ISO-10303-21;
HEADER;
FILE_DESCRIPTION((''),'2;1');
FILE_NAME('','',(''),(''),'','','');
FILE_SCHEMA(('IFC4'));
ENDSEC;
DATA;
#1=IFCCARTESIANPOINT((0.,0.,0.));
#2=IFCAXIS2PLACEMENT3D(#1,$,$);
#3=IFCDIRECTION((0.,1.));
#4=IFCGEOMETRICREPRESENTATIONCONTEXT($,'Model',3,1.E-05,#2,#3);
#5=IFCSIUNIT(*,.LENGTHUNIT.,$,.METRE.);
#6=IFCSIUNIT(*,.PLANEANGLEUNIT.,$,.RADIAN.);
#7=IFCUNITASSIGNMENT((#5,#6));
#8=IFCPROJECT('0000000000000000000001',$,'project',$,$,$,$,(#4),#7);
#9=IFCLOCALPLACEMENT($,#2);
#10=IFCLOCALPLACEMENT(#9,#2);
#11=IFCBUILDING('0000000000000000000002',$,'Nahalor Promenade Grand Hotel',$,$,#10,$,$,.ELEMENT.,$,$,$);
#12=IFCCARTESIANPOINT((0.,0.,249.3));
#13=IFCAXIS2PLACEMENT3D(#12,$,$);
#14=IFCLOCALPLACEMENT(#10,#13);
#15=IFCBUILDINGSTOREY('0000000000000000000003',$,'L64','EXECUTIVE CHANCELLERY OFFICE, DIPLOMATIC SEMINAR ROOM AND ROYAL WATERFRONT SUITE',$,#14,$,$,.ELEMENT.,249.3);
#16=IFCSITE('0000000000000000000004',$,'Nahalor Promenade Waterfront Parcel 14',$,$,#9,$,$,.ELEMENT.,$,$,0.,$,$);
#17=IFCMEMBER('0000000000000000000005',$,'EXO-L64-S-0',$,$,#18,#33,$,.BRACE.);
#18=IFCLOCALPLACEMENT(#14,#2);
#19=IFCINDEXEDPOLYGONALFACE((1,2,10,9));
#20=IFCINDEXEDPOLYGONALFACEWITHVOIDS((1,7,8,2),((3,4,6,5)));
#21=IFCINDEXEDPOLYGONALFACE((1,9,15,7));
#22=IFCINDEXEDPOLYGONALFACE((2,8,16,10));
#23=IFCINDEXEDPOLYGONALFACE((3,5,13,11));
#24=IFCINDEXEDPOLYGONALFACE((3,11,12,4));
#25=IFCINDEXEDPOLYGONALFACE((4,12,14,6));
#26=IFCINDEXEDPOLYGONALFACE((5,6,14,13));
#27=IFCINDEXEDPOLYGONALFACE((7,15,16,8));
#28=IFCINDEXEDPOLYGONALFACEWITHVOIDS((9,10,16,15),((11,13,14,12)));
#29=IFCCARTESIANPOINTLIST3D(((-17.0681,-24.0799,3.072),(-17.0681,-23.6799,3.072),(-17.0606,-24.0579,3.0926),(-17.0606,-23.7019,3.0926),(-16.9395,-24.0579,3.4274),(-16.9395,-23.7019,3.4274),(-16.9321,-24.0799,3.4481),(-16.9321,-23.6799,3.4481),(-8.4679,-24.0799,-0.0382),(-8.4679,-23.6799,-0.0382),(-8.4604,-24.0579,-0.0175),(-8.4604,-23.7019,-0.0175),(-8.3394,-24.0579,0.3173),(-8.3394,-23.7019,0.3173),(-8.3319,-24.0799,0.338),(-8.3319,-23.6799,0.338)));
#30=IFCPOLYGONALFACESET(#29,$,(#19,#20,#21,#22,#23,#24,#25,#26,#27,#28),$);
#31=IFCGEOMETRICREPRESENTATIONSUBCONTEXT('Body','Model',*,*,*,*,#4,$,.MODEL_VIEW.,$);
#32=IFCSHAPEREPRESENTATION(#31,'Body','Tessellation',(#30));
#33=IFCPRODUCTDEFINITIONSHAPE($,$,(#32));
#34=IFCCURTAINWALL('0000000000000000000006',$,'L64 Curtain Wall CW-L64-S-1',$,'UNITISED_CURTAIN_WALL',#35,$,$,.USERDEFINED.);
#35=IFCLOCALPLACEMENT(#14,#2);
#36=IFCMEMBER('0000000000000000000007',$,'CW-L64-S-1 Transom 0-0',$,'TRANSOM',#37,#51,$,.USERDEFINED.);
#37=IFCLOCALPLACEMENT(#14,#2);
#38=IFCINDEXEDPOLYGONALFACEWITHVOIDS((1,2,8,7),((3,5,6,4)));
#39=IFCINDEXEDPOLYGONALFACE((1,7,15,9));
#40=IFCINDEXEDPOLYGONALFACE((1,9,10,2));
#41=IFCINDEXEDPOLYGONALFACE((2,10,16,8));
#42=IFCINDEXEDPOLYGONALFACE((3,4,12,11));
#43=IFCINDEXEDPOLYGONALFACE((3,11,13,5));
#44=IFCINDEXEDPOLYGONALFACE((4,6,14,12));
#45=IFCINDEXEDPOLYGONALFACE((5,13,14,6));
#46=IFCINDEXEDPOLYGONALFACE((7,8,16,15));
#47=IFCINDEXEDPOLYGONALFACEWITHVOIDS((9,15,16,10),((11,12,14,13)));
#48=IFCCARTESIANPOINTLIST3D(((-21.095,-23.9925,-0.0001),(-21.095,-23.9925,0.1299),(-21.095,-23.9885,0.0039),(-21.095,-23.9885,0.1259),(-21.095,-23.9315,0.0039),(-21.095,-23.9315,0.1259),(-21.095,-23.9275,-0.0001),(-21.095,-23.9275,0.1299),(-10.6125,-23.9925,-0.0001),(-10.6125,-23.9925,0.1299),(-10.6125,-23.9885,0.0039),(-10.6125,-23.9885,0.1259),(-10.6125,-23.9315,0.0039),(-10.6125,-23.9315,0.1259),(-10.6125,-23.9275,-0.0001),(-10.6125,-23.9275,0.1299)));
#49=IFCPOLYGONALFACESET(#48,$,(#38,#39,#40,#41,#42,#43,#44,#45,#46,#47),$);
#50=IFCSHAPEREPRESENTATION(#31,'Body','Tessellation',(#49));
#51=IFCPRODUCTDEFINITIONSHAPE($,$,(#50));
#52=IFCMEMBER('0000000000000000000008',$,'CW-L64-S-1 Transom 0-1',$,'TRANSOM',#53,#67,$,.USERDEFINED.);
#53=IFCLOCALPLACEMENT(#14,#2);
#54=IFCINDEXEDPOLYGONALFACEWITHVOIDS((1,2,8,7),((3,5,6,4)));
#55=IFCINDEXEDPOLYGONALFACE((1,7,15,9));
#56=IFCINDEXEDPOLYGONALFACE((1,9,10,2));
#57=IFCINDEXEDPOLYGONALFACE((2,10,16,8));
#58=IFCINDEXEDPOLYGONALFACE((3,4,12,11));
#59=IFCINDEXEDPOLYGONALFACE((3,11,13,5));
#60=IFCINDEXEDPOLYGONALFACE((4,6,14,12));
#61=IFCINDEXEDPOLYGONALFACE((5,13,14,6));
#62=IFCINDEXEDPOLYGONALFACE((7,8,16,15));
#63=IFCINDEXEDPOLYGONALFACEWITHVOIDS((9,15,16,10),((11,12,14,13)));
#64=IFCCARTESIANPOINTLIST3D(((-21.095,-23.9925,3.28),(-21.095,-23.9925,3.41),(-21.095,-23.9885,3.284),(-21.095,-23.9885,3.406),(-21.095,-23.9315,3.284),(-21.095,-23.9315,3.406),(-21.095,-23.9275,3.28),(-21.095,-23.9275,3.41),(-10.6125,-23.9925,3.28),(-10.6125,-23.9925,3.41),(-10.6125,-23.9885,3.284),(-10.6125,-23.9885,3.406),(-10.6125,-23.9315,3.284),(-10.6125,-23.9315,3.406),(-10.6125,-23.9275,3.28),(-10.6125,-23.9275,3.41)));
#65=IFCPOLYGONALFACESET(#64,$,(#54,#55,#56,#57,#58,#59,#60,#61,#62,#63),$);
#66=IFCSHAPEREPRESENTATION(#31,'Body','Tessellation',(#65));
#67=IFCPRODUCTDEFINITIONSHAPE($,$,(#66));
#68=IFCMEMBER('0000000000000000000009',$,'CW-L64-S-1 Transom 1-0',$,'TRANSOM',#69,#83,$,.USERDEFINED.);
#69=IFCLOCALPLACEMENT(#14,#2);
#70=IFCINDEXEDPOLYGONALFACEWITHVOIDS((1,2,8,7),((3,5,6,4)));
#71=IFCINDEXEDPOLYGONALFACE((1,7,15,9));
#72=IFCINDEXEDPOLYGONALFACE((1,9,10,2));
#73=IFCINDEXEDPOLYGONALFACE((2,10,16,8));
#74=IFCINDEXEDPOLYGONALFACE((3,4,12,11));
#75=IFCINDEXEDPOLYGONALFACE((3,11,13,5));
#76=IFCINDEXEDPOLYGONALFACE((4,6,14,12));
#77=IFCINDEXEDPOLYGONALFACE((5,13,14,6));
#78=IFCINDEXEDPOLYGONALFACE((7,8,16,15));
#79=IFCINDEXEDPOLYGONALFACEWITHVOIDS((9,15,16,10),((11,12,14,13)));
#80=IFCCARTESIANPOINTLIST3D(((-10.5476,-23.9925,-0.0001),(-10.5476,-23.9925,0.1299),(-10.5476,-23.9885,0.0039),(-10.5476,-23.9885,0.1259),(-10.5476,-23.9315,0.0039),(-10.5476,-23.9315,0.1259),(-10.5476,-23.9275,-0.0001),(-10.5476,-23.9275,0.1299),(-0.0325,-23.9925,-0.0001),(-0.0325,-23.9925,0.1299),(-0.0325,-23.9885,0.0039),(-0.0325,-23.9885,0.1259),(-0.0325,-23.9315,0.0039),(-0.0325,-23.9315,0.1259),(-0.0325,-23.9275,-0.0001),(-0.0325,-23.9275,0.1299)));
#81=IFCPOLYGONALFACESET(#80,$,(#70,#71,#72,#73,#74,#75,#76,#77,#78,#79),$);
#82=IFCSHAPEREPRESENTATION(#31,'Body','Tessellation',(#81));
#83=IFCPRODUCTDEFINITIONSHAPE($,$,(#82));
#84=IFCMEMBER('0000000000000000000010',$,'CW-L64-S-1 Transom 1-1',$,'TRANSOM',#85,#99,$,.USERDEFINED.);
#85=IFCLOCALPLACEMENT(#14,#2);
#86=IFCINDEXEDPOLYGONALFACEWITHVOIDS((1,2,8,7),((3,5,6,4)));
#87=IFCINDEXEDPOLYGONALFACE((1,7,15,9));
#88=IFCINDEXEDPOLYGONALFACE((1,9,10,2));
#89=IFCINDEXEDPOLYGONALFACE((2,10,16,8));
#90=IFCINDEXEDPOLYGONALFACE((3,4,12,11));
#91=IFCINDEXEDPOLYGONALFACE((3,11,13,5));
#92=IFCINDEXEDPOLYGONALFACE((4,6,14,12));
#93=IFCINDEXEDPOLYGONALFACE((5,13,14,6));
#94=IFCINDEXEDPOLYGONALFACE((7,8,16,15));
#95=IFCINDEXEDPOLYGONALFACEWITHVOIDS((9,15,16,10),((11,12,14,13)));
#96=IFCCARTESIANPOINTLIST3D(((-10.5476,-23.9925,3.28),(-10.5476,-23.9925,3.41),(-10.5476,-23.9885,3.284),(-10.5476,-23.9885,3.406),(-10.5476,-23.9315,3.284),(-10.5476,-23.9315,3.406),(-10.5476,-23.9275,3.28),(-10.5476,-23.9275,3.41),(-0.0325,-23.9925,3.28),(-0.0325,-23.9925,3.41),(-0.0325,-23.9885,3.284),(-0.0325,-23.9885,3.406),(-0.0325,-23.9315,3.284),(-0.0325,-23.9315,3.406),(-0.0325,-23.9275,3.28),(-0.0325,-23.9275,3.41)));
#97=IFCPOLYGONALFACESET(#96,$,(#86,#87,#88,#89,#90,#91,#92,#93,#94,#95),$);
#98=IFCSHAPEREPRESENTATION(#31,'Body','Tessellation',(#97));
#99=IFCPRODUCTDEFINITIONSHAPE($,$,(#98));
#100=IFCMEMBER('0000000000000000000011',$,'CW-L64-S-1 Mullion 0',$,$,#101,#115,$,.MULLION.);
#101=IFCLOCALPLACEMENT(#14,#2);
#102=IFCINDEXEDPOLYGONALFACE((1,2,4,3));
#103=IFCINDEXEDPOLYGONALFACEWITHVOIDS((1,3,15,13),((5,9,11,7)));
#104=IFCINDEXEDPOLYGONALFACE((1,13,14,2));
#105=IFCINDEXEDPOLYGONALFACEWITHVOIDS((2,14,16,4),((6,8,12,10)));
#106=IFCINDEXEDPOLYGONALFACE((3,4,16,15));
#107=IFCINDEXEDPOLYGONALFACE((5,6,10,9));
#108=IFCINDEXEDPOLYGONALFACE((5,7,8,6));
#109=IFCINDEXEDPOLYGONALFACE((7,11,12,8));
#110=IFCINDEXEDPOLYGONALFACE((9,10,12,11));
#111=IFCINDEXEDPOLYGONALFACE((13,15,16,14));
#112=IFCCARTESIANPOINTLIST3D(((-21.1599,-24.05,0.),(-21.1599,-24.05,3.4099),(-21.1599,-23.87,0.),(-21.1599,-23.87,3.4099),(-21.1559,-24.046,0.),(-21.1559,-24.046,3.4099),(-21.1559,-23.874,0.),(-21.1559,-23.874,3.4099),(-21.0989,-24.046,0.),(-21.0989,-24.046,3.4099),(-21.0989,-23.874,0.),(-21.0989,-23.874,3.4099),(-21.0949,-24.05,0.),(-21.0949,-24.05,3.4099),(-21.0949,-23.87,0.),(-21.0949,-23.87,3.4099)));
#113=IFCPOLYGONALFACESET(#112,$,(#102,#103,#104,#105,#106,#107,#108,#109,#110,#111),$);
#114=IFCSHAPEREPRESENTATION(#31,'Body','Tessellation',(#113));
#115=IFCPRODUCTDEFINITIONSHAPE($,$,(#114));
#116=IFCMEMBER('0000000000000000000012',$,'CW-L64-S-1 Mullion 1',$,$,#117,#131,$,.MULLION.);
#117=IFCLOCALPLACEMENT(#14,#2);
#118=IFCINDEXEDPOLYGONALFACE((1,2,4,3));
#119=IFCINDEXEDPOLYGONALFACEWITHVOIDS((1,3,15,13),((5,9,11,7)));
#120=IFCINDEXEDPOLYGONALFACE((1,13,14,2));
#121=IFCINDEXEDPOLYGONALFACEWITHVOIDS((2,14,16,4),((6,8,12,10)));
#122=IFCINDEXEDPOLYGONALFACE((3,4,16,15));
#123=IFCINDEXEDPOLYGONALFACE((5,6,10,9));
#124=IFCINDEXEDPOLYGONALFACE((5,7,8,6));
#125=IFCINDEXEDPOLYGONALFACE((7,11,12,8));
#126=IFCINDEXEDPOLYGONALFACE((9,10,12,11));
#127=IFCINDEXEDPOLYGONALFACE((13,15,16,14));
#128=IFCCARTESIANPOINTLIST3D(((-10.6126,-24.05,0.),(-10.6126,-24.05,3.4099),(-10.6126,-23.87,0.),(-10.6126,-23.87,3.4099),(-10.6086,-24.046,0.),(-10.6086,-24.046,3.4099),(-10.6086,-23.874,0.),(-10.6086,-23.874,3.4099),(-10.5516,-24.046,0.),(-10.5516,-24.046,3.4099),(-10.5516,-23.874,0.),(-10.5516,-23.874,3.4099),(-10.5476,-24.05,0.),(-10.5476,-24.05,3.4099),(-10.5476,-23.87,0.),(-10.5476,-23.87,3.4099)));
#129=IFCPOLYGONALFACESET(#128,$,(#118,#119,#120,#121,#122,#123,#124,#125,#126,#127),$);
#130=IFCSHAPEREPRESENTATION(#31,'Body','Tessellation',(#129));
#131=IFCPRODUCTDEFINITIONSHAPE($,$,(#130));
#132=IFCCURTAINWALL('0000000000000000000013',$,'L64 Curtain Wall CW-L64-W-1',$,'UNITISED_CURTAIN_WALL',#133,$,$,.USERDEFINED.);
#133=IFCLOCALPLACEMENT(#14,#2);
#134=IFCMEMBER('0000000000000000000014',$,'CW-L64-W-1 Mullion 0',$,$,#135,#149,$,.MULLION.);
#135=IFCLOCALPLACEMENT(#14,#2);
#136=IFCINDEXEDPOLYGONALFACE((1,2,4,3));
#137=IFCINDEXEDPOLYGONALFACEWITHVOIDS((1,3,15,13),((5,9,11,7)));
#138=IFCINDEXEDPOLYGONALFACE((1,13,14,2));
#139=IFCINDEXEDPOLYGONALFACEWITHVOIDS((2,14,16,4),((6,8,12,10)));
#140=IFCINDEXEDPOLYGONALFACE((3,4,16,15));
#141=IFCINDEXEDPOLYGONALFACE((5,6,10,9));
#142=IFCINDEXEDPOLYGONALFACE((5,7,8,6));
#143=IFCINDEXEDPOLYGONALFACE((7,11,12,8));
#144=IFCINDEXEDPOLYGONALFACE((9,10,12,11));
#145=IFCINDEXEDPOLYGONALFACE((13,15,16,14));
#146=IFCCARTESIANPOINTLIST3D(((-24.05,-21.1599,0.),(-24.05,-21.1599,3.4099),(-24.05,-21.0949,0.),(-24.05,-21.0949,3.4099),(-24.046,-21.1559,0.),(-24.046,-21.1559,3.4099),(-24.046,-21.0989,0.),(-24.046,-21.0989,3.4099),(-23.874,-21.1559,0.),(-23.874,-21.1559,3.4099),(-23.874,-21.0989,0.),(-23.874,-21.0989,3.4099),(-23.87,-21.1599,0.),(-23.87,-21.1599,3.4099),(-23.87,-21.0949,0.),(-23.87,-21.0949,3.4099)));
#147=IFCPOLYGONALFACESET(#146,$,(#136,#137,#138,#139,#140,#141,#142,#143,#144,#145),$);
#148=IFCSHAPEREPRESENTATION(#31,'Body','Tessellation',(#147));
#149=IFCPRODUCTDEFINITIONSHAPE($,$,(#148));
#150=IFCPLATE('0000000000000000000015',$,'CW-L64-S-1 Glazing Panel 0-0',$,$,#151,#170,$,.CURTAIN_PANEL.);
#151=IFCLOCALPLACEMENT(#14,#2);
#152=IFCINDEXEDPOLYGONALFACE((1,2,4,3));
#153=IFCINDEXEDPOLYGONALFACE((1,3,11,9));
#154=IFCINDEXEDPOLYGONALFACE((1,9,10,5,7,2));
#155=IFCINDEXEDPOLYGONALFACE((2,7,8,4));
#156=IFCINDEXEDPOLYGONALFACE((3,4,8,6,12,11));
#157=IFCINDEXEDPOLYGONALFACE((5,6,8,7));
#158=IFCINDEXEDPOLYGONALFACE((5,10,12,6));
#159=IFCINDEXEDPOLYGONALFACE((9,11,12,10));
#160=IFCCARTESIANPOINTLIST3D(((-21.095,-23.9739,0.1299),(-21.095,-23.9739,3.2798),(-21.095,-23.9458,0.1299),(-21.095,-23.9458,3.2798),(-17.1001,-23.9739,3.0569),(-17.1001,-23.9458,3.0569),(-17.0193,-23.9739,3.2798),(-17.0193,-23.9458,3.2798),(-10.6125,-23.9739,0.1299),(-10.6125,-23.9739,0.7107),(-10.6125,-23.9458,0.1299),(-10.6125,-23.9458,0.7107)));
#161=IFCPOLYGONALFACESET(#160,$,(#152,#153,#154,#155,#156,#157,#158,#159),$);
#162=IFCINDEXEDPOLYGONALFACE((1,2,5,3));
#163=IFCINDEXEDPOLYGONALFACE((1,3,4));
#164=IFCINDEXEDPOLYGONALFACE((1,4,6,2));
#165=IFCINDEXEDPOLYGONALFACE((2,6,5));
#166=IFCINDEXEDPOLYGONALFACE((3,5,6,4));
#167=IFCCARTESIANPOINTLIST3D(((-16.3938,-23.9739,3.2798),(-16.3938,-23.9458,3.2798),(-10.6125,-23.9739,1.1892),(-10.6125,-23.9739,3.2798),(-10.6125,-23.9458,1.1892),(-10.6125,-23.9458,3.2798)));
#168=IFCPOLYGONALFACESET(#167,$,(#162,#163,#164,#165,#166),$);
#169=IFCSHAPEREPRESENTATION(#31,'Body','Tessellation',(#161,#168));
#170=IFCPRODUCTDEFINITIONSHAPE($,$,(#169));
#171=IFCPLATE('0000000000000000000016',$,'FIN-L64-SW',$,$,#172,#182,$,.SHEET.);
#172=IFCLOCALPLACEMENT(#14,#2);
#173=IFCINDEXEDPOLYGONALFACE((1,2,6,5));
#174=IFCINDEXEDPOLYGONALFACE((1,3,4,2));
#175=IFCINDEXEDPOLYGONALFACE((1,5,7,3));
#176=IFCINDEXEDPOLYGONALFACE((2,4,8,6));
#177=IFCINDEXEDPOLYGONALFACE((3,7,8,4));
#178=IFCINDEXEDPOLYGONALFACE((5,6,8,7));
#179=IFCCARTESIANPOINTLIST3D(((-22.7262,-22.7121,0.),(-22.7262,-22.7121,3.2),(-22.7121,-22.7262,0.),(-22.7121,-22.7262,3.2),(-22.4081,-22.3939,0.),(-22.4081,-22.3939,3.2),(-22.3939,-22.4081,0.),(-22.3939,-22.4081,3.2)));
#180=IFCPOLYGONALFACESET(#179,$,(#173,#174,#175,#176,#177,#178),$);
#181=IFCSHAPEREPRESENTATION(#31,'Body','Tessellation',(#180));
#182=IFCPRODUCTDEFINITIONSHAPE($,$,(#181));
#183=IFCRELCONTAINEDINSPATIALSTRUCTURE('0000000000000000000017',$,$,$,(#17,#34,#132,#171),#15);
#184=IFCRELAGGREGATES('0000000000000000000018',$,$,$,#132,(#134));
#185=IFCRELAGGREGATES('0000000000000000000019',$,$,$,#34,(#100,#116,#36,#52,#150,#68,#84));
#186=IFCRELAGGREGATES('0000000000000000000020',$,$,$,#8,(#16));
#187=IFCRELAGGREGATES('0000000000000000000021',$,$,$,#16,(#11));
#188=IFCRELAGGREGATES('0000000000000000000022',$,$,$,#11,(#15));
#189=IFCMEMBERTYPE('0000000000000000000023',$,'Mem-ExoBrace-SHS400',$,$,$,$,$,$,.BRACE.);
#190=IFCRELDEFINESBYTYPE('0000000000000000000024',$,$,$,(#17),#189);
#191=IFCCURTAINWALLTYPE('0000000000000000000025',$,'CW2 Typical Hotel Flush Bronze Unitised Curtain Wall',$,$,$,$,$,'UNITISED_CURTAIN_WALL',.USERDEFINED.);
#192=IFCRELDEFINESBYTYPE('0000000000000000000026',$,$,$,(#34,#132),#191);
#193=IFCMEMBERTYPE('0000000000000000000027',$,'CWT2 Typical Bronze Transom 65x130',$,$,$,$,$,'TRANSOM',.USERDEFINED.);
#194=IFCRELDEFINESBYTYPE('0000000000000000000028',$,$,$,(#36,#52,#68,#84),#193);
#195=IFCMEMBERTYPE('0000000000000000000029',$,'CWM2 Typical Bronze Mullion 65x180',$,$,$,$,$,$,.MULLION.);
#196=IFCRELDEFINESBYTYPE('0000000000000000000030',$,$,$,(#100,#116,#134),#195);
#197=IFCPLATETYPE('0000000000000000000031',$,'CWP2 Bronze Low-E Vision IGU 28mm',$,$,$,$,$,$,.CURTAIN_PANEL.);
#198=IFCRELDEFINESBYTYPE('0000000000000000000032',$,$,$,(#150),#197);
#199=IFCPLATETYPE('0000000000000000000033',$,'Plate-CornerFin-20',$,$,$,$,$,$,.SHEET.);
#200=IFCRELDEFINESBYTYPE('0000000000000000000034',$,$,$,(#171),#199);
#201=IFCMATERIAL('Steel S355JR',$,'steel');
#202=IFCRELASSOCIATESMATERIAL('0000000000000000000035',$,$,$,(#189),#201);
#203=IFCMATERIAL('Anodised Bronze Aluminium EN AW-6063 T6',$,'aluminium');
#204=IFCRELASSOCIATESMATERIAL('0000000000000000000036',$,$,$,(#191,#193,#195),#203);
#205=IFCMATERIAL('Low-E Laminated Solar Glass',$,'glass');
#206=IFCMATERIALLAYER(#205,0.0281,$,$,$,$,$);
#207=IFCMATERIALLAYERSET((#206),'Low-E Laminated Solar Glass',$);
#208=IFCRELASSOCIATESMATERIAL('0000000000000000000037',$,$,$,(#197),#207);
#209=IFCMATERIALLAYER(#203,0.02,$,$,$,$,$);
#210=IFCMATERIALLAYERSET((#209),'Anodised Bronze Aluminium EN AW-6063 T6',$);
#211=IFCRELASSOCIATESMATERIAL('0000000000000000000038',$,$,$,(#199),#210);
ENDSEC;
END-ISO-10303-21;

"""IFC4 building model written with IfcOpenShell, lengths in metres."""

from ifc_helpers import new_model, si_unit, direction, frame, origin, origin_2d, place, context, subcontext, project, spatial, polyline, rectangle, hollow_rectangle, outline, extrude, source, transform, mapped, material, layer, layer_set, material_profile, profile_set, type_object, element, aggregate, save


model = new_model("IFC4")

# Units and contexts
model_context = context("Model", 3, precision=1e-05, world=origin(), true_north=direction((0.0, 1.0)))
body_context = subcontext(model_context, "Body", "Model", "MODEL_VIEW")
ifc_project = project(units=[si_unit("LENGTHUNIT", "METRE"), si_unit("PLANEANGLEUNIT", "RADIAN")], contexts=[model_context])

# Site, building, storey
site_placement = place(None, origin())
site = spatial("IfcSite", under=ifc_project, at=site_placement, Name="Nahalor Promenade Waterfront Parcel 14", CompositionType="ELEMENT", RefElevation=0.0)
building_placement = place(site_placement, origin())
building = spatial("IfcBuilding", under=site, at=building_placement, Name="Nahalor Promenade Grand Hotel", CompositionType="ELEMENT")
storey_placement = place(building_placement, frame((0.0, 0.0, 249.3)))
storey = spatial("IfcBuildingStorey", under=building, at=storey_placement, Name="L64", Description="EXECUTIVE CHANCELLERY OFFICE, DIPLOMATIC SEMINAR ROOM AND ROYAL WATERFRONT SUITE", CompositionType="ELEMENT", Elevation=249.3)

# Shared definitions
ifc_material_1 = material(Name="Steel S355JR", Category="steel")

# Member
ifc_material_profile_1 = material_profile(ifc_material_1, hollow_rectangle(XDim=0.4, YDim=0.4, WallThickness=0.022, at=origin_2d()), Name="SHS 400x400x22")
ifc_profile_set_1 = profile_set([ifc_material_profile_1], Name="Steel S355JR")
member_type_1 = type_object("IfcMemberType", Name="Mem-ExoBrace-SHS400", PredefinedType="BRACE", material=ifc_profile_set_1)
shared_shape_1 = source(origin(), body_context, "Body", "SweptSolid", [
    extrude(hollow_rectangle(XDim=0.4, YDim=0.4, WallThickness=0.022, at=origin_2d()), origin(), (0.0, 0.0, 1.0), 9.1453),
])
member_1_placement = place(storey_placement, frame((-8.3999, -23.8799, 0.1499), z_axis=(-0.940396, 0.0, 0.340081), x_axis=(0.0, -1.0, 0.0)))
element("IfcMember", 1, at=member_1_placement, inside=storey, type_object=member_type_1, Name="EXO-L64-S-0", PredefinedType="BRACE", context=body_context, shape_type="MappedRepresentation", body=[
    mapped(shared_shape_1, transform((0.0, 0.0, 0.0), scale=1.0)),
])

# Curtain wall, members
ifc_material_2 = material(Name="Anodised Bronze Aluminium EN AW-6063 T6", Category="aluminium")
curtain_wall_type = type_object("IfcCurtainWallType", Name="CW2 Typical Hotel Flush Bronze Unitised Curtain Wall", ElementType="UNITISED_CURTAIN_WALL", PredefinedType="USERDEFINED", material=ifc_material_2)
curtain_wall_1_placement = place(storey_placement, origin())
curtain_wall_1 = element("IfcCurtainWall", 2, at=curtain_wall_1_placement, inside=storey, type_object=curtain_wall_type, Name="L64 Curtain Wall CW-L64-S-1", ObjectType="UNITISED_CURTAIN_WALL", PredefinedType="USERDEFINED")
ifc_material_profile_2 = material_profile(ifc_material_2, hollow_rectangle(XDim=0.065, YDim=0.13, WallThickness=0.004, at=origin_2d()), Name="CWT 65x130x4")
ifc_profile_set_2 = profile_set([ifc_material_profile_2], Name="Anodised Bronze Aluminium EN AW-6063 T6")
member_type_2 = type_object("IfcMemberType", Name="CWT2 Typical Bronze Transom 65x130", ElementType="TRANSOM", PredefinedType="USERDEFINED", material=ifc_profile_set_2)
shared_shape_2 = source(origin(), body_context, "Body", "SweptSolid", [
    extrude(hollow_rectangle(XDim=0.065, YDim=0.13, WallThickness=0.004, at=origin_2d()), origin(), (0.0, 0.0, 1.0), 10.4824),
])
member_2_placement = place(storey_placement, frame((-21.095, -23.96, 0.0649), z_axis=(1.0, 0.0, 0.0), x_axis=(0.0, 1.0, 0.0)))
member_2 = element("IfcMember", 3, at=member_2_placement, type_object=member_type_2, Name="CW-L64-S-1 Transom 0-0", ObjectType="TRANSOM", PredefinedType="USERDEFINED", context=body_context, shape_type="MappedRepresentation", body=[
    mapped(shared_shape_2, transform((0.0, 0.0, 0.0), scale=1.0)),
])
member_3_placement = place(storey_placement, frame((-21.095, -23.96, 3.345), z_axis=(1.0, 0.0, 0.0), x_axis=(0.0, 1.0, 0.0)))
member_3 = element("IfcMember", 4, at=member_3_placement, type_object=member_type_2, Name="CW-L64-S-1 Transom 0-1", ObjectType="TRANSOM", PredefinedType="USERDEFINED", context=body_context, shape_type="MappedRepresentation", body=[
    mapped(shared_shape_2, transform((0.0, 0.0, 0.0), scale=1.0)),
])
shared_shape_3 = source(origin(), body_context, "Body", "SweptSolid", [
    extrude(hollow_rectangle(XDim=0.065, YDim=0.13, WallThickness=0.004, at=origin_2d()), origin(), (0.0, 0.0, 1.0), 10.5151),
])
member_4_placement = place(storey_placement, frame((-10.5476, -23.96, 0.0649), z_axis=(1.0, 0.0, 0.0), x_axis=(0.0, 1.0, 0.0)))
member_4 = element("IfcMember", 5, at=member_4_placement, type_object=member_type_2, Name="CW-L64-S-1 Transom 1-0", ObjectType="TRANSOM", PredefinedType="USERDEFINED", context=body_context, shape_type="MappedRepresentation", body=[
    mapped(shared_shape_3, transform((0.0, 0.0, 0.0), scale=1.0)),
])
member_5_placement = place(storey_placement, frame((-10.5476, -23.96, 3.345), z_axis=(1.0, 0.0, 0.0), x_axis=(0.0, 1.0, 0.0)))
member_5 = element("IfcMember", 6, at=member_5_placement, type_object=member_type_2, Name="CW-L64-S-1 Transom 1-1", ObjectType="TRANSOM", PredefinedType="USERDEFINED", context=body_context, shape_type="MappedRepresentation", body=[
    mapped(shared_shape_3, transform((0.0, 0.0, 0.0), scale=1.0)),
])
ifc_material_profile_3 = material_profile(ifc_material_2, hollow_rectangle(XDim=0.065, YDim=0.18, WallThickness=0.004, at=origin_2d()), Name="CWM 65x180x4")
ifc_profile_set_3 = profile_set([ifc_material_profile_3], Name="Anodised Bronze Aluminium EN AW-6063 T6")
member_type_3 = type_object("IfcMemberType", Name="CWM2 Typical Bronze Mullion 65x180", PredefinedType="MULLION", material=ifc_profile_set_3)
shared_shape_4 = source(origin(), body_context, "Body", "SweptSolid", [
    extrude(hollow_rectangle(XDim=0.065, YDim=0.18, WallThickness=0.004, at=origin_2d()), origin(), (0.0, 0.0, 1.0), 3.4099),
])
member_6_placement = place(storey_placement, frame((-21.1274, -23.96, 0.0), z_axis=(0.0, 0.0, 1.0), x_axis=(1.0, 0.0, 0.0)))
member_6 = element("IfcMember", 7, at=member_6_placement, type_object=member_type_3, Name="CW-L64-S-1 Mullion 0", PredefinedType="MULLION", context=body_context, shape_type="MappedRepresentation", body=[
    mapped(shared_shape_4, transform((0.0, 0.0, 0.0), scale=1.0)),
])
member_7_placement = place(storey_placement, frame((-10.5801, -23.96, 0.0), z_axis=(0.0, 0.0, 1.0), x_axis=(1.0, 0.0, 0.0)))
member_7 = element("IfcMember", 8, at=member_7_placement, type_object=member_type_3, Name="CW-L64-S-1 Mullion 1", PredefinedType="MULLION", context=body_context, shape_type="MappedRepresentation", body=[
    mapped(shared_shape_4, transform((0.0, 0.0, 0.0), scale=1.0)),
])

# Curtain wall, member
curtain_wall_2_placement = place(storey_placement, origin())
curtain_wall_2 = element("IfcCurtainWall", 9, at=curtain_wall_2_placement, inside=storey, type_object=curtain_wall_type, Name="L64 Curtain Wall CW-L64-W-1", ObjectType="UNITISED_CURTAIN_WALL", PredefinedType="USERDEFINED")
member_8_placement = place(storey_placement, frame((-23.96, -21.1274, 0.0), z_axis=(0.0, 0.0, 1.0), x_axis=(0.0, 1.0, 0.0)))
member_8 = element("IfcMember", 10, at=member_8_placement, type_object=member_type_3, Name="CW-L64-W-1 Mullion 0", PredefinedType="MULLION", context=body_context, shape_type="MappedRepresentation", body=[
    mapped(shared_shape_4, transform((0.0, 0.0, 0.0), scale=1.0)),
])
aggregate(curtain_wall_2, [member_8])

# Plates
ifc_material_3 = material(Name="Low-E Laminated Solar Glass", Category="glass")
ifc_layer_1 = layer(ifc_material_3, 0.0281)
ifc_layer_set_1 = layer_set([ifc_layer_1], Name="Low-E Laminated Solar Glass")
plate_type_1 = type_object("IfcPlateType", Name="CWP2 Bronze Low-E Vision IGU 28mm", PredefinedType="CURTAIN_PANEL", material=ifc_layer_set_1)
plate_1_placement = place(storey_placement, frame((-15.8538, -23.96, 0.1299), z_axis=(0.0, 0.0, 1.0), x_axis=(1.0, 0.0, 0.0)))
plate_1 = element("IfcPlate", 11, at=plate_1_placement, type_object=plate_type_1, Name="CW-L64-S-1 Glazing Panel 0-0", PredefinedType="CURTAIN_PANEL", context=body_context, shape_type="SweptSolid", body=[
    extrude(outline(polyline([(-5.2412, 0.0), (5.2412, 0.0), (5.2412, 0.5808), (-1.2463, 2.927), (-1.1655, 3.1499), (-5.2412, 3.1499), (-5.2412, 0.0)])), frame((0.0, 0.0142, 0.0), z_axis=(0.0, -1.0, 0.0), x_axis=(1.0, 0.0, 0.0)), (0.0, 0.0, 1.0), 0.0281),
    extrude(outline(polyline([(5.2412, 1.0593), (5.2412, 3.1499), (-0.54, 3.1499), (5.2412, 1.0593)])), frame((0.0, 0.0142, 0.0), z_axis=(0.0, -1.0, 0.0), x_axis=(1.0, 0.0, 0.0)), (0.0, 0.0, 1.0), 0.0281),
])
aggregate(curtain_wall_1, [member_6, member_7, member_2, member_3, plate_1, member_4, member_5])
ifc_layer_2 = layer(ifc_material_2, 0.02)
ifc_layer_set_2 = layer_set([ifc_layer_2], Name="Anodised Bronze Aluminium EN AW-6063 T6")
plate_type_2 = type_object("IfcPlateType", Name="Plate-CornerFin-20", PredefinedType="SHEET", material=ifc_layer_set_2)
shared_shape_5 = source(origin(), body_context, "Body", "SweptSolid", [
    extrude(rectangle(XDim=0.45, YDim=0.02, at=origin_2d()), origin(), (0.0, 0.0, 1.0), 3.2),
])
plate_2_placement = place(storey_placement, frame((-22.5601, -22.5601, 0.0), z_axis=(0.0, 0.0, 1.0), x_axis=(0.707107, 0.707107, 0.0)))
element("IfcPlate", 12, at=plate_2_placement, inside=storey, type_object=plate_type_2, Name="FIN-L64-SW", PredefinedType="SHEET", context=body_context, shape_type="MappedRepresentation", body=[
    mapped(shared_shape_5, transform((0.0, 0.0, 0.0), scale=1.0)),
])

save(model, "model.ifc")
